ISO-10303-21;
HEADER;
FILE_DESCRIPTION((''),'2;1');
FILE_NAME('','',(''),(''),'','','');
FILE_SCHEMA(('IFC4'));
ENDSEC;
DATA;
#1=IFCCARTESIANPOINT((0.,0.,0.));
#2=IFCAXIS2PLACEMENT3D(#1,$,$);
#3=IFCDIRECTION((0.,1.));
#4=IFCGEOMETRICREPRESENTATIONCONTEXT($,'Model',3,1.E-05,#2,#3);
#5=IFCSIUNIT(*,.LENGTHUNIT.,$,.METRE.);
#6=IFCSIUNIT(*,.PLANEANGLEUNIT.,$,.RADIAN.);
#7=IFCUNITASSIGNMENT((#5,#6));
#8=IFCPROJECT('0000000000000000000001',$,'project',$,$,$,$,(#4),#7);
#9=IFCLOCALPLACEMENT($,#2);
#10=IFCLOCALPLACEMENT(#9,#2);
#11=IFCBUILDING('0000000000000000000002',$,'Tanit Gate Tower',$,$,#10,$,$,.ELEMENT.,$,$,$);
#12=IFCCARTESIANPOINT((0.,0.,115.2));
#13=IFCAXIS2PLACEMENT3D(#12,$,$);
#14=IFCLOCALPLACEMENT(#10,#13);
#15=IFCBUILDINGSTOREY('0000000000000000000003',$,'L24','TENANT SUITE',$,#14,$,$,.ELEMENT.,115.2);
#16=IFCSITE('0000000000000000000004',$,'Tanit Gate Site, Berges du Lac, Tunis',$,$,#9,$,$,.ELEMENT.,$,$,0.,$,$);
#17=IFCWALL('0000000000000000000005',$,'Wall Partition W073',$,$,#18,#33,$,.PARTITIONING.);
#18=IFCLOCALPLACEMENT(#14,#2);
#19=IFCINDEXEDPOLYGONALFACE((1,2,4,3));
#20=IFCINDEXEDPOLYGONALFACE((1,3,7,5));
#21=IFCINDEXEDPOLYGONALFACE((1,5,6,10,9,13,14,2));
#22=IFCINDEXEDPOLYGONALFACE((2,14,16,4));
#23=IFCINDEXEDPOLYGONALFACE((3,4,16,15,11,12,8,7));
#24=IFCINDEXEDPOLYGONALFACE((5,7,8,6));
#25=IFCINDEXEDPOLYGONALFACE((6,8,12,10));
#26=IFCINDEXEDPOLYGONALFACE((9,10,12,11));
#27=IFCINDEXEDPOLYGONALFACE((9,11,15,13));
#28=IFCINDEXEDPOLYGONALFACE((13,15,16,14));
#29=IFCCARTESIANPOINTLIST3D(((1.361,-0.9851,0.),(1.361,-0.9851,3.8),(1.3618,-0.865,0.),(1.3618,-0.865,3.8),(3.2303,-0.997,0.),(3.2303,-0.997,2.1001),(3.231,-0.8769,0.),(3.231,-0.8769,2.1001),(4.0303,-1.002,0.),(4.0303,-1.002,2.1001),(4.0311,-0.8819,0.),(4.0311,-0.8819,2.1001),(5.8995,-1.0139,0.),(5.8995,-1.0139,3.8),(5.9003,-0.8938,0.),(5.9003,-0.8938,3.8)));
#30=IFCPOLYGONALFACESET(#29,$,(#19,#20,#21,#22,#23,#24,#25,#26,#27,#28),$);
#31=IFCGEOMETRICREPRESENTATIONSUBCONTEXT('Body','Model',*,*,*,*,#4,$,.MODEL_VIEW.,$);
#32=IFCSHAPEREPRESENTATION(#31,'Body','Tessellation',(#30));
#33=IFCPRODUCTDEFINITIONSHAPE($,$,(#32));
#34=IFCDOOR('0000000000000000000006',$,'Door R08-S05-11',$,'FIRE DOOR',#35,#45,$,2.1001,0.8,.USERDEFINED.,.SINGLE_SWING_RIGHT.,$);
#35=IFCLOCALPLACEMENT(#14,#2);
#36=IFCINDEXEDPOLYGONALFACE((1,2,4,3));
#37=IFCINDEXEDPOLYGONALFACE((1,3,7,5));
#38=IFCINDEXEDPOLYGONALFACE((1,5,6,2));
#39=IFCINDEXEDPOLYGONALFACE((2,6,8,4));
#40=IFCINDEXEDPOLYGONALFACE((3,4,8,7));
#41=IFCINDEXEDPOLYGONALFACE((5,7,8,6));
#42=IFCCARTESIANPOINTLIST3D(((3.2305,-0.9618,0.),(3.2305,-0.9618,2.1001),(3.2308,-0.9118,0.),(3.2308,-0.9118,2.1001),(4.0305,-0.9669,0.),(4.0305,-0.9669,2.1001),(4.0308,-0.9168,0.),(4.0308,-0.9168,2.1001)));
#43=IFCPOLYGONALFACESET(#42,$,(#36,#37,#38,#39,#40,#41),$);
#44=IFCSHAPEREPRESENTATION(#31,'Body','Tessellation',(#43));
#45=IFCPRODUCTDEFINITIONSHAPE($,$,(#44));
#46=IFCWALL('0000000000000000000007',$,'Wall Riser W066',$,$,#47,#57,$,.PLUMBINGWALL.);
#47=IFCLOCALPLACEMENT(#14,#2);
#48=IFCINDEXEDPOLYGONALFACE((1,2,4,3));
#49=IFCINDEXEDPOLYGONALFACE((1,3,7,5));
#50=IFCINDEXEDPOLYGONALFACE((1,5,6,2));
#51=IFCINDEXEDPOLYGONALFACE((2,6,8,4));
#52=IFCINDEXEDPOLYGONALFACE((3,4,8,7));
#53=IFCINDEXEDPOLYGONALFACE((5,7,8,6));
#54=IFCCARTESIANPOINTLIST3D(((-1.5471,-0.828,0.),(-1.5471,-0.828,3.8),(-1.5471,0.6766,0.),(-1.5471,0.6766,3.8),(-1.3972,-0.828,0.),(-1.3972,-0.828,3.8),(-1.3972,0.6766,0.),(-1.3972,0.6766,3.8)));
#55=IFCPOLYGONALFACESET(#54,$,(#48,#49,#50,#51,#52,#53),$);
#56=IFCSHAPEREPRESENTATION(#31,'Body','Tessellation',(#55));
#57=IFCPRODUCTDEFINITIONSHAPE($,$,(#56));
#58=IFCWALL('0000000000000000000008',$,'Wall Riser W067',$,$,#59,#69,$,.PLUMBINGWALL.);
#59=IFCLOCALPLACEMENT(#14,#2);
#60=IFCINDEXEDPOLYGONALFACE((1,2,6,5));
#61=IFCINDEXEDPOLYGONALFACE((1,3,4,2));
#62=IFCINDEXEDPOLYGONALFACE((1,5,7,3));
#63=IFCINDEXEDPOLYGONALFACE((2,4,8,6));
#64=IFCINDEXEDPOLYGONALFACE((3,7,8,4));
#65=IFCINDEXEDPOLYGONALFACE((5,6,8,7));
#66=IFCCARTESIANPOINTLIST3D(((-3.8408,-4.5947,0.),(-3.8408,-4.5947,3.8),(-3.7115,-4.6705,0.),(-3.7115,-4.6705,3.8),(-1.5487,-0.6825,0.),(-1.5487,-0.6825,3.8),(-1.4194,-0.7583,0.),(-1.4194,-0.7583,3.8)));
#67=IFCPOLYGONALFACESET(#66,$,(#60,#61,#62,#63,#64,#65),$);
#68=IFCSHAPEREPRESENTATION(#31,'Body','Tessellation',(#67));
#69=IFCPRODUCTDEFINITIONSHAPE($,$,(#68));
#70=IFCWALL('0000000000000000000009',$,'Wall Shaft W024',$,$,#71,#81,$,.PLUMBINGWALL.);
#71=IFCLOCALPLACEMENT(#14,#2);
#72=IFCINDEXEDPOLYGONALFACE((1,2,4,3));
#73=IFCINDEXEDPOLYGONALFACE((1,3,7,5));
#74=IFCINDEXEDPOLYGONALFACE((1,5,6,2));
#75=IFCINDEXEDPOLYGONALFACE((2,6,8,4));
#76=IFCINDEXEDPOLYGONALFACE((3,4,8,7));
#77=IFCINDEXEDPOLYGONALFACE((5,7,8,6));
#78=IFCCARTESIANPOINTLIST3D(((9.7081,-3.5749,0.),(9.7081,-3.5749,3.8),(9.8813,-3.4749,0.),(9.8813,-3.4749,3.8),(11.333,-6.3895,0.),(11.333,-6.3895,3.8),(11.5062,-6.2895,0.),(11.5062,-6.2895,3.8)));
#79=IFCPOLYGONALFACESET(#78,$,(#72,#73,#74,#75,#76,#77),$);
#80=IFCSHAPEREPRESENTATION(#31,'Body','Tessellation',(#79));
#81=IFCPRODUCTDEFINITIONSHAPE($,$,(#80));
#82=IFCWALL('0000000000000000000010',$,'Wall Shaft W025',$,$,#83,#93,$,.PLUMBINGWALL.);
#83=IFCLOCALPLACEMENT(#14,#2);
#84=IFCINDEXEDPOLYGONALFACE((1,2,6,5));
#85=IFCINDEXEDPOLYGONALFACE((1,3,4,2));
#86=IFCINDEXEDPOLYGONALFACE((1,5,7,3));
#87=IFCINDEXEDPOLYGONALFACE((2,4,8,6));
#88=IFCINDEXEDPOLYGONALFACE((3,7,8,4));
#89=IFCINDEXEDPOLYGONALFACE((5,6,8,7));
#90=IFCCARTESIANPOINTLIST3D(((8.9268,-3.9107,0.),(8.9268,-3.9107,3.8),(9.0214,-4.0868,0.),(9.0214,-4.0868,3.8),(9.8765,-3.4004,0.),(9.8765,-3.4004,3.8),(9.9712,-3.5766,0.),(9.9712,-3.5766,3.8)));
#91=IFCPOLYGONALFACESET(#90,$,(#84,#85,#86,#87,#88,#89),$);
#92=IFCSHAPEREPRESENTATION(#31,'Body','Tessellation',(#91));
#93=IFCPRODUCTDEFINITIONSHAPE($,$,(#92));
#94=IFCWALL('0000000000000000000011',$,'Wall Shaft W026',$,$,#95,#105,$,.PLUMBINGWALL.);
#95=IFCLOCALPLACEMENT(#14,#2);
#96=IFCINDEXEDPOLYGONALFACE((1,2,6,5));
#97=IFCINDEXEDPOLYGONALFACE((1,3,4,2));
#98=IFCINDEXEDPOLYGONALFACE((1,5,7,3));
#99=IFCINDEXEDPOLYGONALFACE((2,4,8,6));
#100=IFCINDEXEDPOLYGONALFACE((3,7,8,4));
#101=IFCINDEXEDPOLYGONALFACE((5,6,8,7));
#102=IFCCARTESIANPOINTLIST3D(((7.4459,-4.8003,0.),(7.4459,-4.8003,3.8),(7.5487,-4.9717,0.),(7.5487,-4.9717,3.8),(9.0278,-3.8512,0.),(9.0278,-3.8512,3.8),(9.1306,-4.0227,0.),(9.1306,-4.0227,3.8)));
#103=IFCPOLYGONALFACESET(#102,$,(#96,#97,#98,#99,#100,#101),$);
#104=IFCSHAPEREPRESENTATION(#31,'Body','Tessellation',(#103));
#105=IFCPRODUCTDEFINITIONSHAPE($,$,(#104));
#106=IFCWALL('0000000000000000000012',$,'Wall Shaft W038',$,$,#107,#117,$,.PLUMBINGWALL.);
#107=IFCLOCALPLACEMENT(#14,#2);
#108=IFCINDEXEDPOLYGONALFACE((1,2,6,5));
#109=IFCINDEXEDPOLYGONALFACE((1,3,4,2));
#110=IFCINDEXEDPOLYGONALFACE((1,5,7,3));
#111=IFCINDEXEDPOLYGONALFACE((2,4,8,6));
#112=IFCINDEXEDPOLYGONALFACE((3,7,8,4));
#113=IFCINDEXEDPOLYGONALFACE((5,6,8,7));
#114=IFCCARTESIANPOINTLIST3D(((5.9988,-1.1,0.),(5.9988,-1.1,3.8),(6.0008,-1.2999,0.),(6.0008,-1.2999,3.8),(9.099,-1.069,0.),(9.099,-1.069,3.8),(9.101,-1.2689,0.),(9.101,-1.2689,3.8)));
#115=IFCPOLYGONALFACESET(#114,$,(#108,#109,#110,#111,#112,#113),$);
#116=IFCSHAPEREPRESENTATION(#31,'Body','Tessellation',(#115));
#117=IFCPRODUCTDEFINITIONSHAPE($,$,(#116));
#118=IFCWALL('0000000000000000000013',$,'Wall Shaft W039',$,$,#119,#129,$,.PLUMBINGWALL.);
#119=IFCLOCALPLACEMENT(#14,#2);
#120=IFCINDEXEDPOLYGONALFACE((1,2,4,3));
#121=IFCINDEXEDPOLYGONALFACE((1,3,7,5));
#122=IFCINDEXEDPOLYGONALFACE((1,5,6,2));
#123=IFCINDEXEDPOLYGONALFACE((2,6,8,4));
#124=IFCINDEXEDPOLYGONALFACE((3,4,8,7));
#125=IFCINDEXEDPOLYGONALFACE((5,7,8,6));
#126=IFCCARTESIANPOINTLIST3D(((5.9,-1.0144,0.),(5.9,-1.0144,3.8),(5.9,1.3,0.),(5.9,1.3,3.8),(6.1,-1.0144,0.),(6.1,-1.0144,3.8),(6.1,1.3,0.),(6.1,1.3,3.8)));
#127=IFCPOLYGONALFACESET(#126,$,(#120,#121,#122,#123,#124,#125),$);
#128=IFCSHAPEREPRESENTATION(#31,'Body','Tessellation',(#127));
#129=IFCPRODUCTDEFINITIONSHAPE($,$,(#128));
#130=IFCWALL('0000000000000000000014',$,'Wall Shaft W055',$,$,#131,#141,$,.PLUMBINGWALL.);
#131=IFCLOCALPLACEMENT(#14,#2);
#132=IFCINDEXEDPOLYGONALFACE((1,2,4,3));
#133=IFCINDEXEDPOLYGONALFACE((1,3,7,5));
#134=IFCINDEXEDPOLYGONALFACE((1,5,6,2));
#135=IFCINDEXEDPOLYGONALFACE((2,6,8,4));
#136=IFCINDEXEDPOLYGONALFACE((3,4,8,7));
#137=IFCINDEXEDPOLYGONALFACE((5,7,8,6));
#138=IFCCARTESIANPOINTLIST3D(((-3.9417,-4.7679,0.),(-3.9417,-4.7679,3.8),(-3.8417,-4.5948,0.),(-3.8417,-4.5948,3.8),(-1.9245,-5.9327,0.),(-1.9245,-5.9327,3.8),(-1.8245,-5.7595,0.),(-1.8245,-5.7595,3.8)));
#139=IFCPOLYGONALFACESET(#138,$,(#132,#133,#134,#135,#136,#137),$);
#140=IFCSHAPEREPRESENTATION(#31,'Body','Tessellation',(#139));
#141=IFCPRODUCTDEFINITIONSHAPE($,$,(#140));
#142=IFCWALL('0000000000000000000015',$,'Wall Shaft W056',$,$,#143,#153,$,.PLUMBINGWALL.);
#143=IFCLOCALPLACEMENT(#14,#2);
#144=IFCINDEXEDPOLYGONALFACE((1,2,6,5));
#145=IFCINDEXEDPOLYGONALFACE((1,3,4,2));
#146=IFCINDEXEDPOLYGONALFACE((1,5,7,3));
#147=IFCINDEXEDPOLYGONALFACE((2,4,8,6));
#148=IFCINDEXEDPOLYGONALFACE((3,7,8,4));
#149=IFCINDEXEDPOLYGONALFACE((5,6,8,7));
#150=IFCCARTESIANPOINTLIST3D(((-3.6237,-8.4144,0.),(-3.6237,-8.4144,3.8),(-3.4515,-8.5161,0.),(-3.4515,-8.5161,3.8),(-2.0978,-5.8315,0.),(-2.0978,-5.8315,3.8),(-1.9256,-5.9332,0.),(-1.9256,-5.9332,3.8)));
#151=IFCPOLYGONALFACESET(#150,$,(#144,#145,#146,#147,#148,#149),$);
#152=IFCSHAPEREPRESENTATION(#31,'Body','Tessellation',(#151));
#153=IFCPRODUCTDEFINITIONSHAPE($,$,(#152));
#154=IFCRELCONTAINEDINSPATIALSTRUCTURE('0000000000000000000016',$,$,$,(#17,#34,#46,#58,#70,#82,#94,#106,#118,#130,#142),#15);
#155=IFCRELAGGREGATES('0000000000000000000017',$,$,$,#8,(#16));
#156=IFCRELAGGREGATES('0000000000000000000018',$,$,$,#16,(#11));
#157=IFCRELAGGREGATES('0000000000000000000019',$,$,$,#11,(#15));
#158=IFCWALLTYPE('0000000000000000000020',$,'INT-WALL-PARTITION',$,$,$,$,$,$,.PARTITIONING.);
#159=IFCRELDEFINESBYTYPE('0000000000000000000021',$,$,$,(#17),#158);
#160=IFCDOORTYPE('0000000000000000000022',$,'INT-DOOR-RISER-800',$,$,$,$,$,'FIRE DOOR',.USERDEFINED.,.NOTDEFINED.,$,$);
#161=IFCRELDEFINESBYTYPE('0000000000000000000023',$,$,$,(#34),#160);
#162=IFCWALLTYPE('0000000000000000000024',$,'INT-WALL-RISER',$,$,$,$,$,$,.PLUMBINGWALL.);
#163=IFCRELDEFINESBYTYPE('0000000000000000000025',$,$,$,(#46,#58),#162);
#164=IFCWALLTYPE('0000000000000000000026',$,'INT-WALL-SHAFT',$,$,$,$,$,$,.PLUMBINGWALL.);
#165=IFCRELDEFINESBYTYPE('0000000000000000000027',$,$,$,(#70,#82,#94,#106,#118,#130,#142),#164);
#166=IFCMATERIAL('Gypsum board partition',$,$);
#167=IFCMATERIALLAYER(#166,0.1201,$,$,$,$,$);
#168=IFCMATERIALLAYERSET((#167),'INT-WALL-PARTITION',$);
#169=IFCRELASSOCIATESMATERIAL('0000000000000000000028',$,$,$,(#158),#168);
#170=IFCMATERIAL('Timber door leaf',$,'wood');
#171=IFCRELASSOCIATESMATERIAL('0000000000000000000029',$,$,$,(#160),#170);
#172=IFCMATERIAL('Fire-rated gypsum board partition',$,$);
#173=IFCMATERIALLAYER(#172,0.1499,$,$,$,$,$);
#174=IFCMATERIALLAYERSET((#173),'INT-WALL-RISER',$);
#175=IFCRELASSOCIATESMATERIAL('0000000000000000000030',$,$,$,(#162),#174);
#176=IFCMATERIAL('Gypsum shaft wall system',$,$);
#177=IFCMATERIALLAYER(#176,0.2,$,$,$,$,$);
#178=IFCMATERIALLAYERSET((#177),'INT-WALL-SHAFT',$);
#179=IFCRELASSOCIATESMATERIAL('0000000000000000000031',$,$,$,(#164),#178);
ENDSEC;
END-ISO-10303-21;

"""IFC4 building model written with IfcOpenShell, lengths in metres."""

from ifc_helpers import new_model, si_unit, direction, frame, frame_2d, origin, place, context, subcontext, project, spatial, rectangle, extrude, material, layer, layer_set, type_object, element, fill, save


model = new_model("IFC4")

# Units and contexts
model_context = context("Model", 3, precision=1e-05, world=origin(), true_north=direction((0.0, 1.0)))
body_context = subcontext(model_context, "Body", "Model", "MODEL_VIEW")
ifc_project = project(units=[si_unit("LENGTHUNIT", "METRE"), si_unit("PLANEANGLEUNIT", "RADIAN")], contexts=[model_context])

# Site, building, storey
site_placement = place(None, origin())
site = spatial("IfcSite", under=ifc_project, at=site_placement, Name="Tanit Gate Site, Berges du Lac, Tunis", CompositionType="ELEMENT", RefElevation=0.0)
building_placement = place(site_placement, origin())
building = spatial("IfcBuilding", under=site, at=building_placement, Name="Tanit Gate Tower", CompositionType="ELEMENT")
storey_placement = place(building_placement, frame((0.0, 0.0, 115.2)))
storey = spatial("IfcBuildingStorey", under=building, at=storey_placement, Name="L24", Description="TENANT SUITE", CompositionType="ELEMENT", Elevation=115.2)

# Shared definitions
ifc_material_1 = material(Name="Gypsum board partition")
ifc_layer_1 = layer(ifc_material_1, 0.1201)
ifc_layer_set_1 = layer_set([ifc_layer_1], Name="INT-WALL-PARTITION")
wall_type_1 = type_object("IfcWallType", Name="INT-WALL-PARTITION", PredefinedType="PARTITIONING", material=ifc_layer_set_1)

# Wall, opening, door
wall_1_placement = place(storey_placement, frame((5.8999, -0.9539, 0.0), z_axis=(0.0, 0.0, 1.0), x_axis=(-0.99998, 0.006347, 0.0)))
wall_1 = element("IfcWall", 1, at=wall_1_placement, inside=storey, type_object=wall_type_1, Name="Wall Partition W073", PredefinedType="PARTITIONING", context=body_context, shape_type="SweptSolid", body=[
    extrude(rectangle(XDim=4.5386, YDim=0.1201, at=frame_2d((2.2693, 0.0))), origin(), (0.0, 0.0, 1.0), 3.8),
])
opening_1_placement = place(wall_1_placement, frame((1.8694, 0.0, 0.0)))
opening_1 = element("IfcOpeningElement", 2, at=opening_1_placement, cuts=wall_1, PredefinedType="OPENING", context=body_context, shape_type="SweptSolid", body=[
    extrude(rectangle(XDim=0.8, YDim=2.1001, at=frame_2d((0.3999, 1.05))), frame((0.0, 0.0701, 0.0), z_axis=(0.0, -1.0, 0.0), x_axis=(1.0, 0.0, 0.0)), (0.0, 0.0, 1.0), 0.1401),
])
ifc_material_2 = material(Name="Timber door leaf", Category="wood")
door_type_1 = type_object("IfcDoorType", Name="INT-DOOR-RISER-800", ElementType="FIRE DOOR", OperationType="NOTDEFINED", PredefinedType="USERDEFINED", material=ifc_material_2)
door_1_placement = place(opening_1_placement, origin())
door_1 = element("IfcDoor", 3, at=door_1_placement, inside=storey, type_object=door_type_1, Name="Door R08-S05-11", ObjectType="FIRE DOOR", OperationType="SINGLE_SWING_RIGHT", OverallHeight=2.1001, OverallWidth=0.8, PredefinedType="USERDEFINED", context=body_context, shape_type="SweptSolid", body=[
    extrude(rectangle(XDim=0.8, YDim=2.1001, at=frame_2d((0.3999, 1.05))), frame((0.0, 0.0249, 0.0), z_axis=(0.0, -1.0, 0.0), x_axis=(1.0, 0.0, 0.0)), (0.0, 0.0, 1.0), 0.05),
])
fill(opening_1, door_1)

# Walls
ifc_material_3 = material(Name="Fire-rated gypsum board partition")
ifc_layer_2 = layer(ifc_material_3, 0.1499)
ifc_layer_set_2 = layer_set([ifc_layer_2], Name="INT-WALL-RISER")
wall_type_2 = type_object("IfcWallType", Name="INT-WALL-RISER", PredefinedType="PLUMBINGWALL", material=ifc_layer_set_2)
wall_2_placement = place(storey_placement, frame((-1.4722, -0.8281, 0.0), z_axis=(0.0, 0.0, 1.0), x_axis=(0.0, 1.0, 0.0)))
element("IfcWall", 4, at=wall_2_placement, inside=storey, type_object=wall_type_2, Name="Wall Riser W066", PredefinedType="PLUMBINGWALL", context=body_context, shape_type="SweptSolid", body=[
    extrude(rectangle(XDim=1.5046, YDim=0.1499, at=frame_2d((0.7524, 0.0))), origin(), (0.0, 0.0, 1.0), 3.8),
])
wall_3_placement = place(storey_placement, frame((-3.7761, -4.6326, 0.0), z_axis=(0.0, 0.0, 1.0), x_axis=(0.505504, 0.862824, 0.0)))
element("IfcWall", 5, at=wall_3_placement, inside=storey, type_object=wall_type_2, Name="Wall Riser W067", PredefinedType="PLUMBINGWALL", context=body_context, shape_type="SweptSolid", body=[
    extrude(rectangle(XDim=4.5342, YDim=0.1499, at=frame_2d((2.2671, 0.0))), origin(), (0.0, 0.0, 1.0), 3.8),
])
ifc_material_4 = material(Name="Gypsum shaft wall system")
ifc_layer_3 = layer(ifc_material_4, 0.2)
ifc_layer_set_3 = layer_set([ifc_layer_3], Name="INT-WALL-SHAFT")
wall_type_3 = type_object("IfcWallType", Name="INT-WALL-SHAFT", PredefinedType="PLUMBINGWALL", material=ifc_layer_set_3)
wall_4_placement = place(storey_placement, frame((9.7947, -3.5249, 0.0), z_axis=(0.0, 0.0, 1.0), x_axis=(0.499985, -0.866034, 0.0)))
element("IfcWall", 6, at=wall_4_placement, inside=storey, type_object=wall_type_3, Name="Wall Shaft W024", PredefinedType="PLUMBINGWALL", context=body_context, shape_type="SweptSolid", body=[
    extrude(rectangle(XDim=3.25, YDim=0.2, at=frame_2d((1.625, 0.0))), origin(), (0.0, 0.0, 1.0), 3.8),
])
wall_5_placement = place(storey_placement, frame((8.9741, -3.9988, 0.0), z_axis=(0.0, 0.0, 1.0), x_axis=(0.880907, 0.473289, 0.0)))
element("IfcWall", 7, at=wall_5_placement, inside=storey, type_object=wall_type_3, Name="Wall Shaft W025", PredefinedType="PLUMBINGWALL", context=body_context, shape_type="SweptSolid", body=[
    extrude(rectangle(XDim=1.0781, YDim=0.2, at=frame_2d((0.5391, 0.0))), origin(), (0.0, 0.0, 1.0), 3.8),
])
wall_6_placement = place(storey_placement, frame((7.4973, -4.886, 0.0), z_axis=(0.0, 0.0, 1.0), x_axis=(0.857516, 0.514457, 0.0)))
element("IfcWall", 8, at=wall_6_placement, inside=storey, type_object=wall_type_3, Name="Wall Shaft W026", PredefinedType="PLUMBINGWALL", context=body_context, shape_type="SweptSolid", body=[
    extrude(rectangle(XDim=1.8447, YDim=0.2, at=frame_2d((0.9224, 0.0))), origin(), (0.0, 0.0, 1.0), 3.8),
])
wall_7_placement = place(storey_placement, frame((9.1001, -1.1689, 0.0), z_axis=(0.0, 0.0, 1.0), x_axis=(-0.99995, -0.010001, 0.0)))
element("IfcWall", 9, at=wall_7_placement, inside=storey, type_object=wall_type_3, Name="Wall Shaft W038", PredefinedType="PLUMBINGWALL", context=body_context, shape_type="SweptSolid", body=[
    extrude(rectangle(XDim=3.1003, YDim=0.2, at=frame_2d((1.5503, 0.0))), origin(), (0.0, 0.0, 1.0), 3.8),
])
wall_8_placement = place(storey_placement, frame((6.0, -1.0144, 0.0), z_axis=(0.0, 0.0, 1.0), x_axis=(0.0, 1.0, 0.0)))
element("IfcWall", 10, at=wall_8_placement, inside=storey, type_object=wall_type_3, Name="Wall Shaft W039", PredefinedType="PLUMBINGWALL", context=body_context, shape_type="SweptSolid", body=[
    extrude(rectangle(XDim=2.3145, YDim=0.2, at=frame_2d((1.1572, 0.0))), origin(), (0.0, 0.0, 1.0), 3.8),
])

# Walls
wall_9_placement = place(storey_placement, frame((-3.8916, -4.6814, 0.0), z_axis=(0.0, 0.0, 1.0), x_axis=(0.866009, -0.500028, 0.0)))
element("IfcWall", 11, at=wall_9_placement, inside=storey, type_object=wall_type_3, Name="Wall Shaft W055", PredefinedType="PLUMBINGWALL", context=body_context, shape_type="SweptSolid", body=[
    extrude(rectangle(XDim=2.3293, YDim=0.2, at=frame_2d((1.1646, 0.0))), origin(), (0.0, 0.0, 1.0), 3.8),
])
wall_10_placement = place(storey_placement, frame((-2.0117, -5.8823, 0.0), z_axis=(0.0, 0.0, 1.0), x_axis=(-0.50862, -0.860991, 0.0)))
element("IfcWall", 12, at=wall_10_placement, inside=storey, type_object=wall_type_3, Name="Wall Shaft W056", PredefinedType="PLUMBINGWALL", context=body_context, shape_type="SweptSolid", body=[
    extrude(rectangle(XDim=3.0, YDim=0.2, at=frame_2d((1.5, 0.0))), origin(), (0.0, 0.0, 1.0), 3.8),
])

save(model, "model.ifc")
